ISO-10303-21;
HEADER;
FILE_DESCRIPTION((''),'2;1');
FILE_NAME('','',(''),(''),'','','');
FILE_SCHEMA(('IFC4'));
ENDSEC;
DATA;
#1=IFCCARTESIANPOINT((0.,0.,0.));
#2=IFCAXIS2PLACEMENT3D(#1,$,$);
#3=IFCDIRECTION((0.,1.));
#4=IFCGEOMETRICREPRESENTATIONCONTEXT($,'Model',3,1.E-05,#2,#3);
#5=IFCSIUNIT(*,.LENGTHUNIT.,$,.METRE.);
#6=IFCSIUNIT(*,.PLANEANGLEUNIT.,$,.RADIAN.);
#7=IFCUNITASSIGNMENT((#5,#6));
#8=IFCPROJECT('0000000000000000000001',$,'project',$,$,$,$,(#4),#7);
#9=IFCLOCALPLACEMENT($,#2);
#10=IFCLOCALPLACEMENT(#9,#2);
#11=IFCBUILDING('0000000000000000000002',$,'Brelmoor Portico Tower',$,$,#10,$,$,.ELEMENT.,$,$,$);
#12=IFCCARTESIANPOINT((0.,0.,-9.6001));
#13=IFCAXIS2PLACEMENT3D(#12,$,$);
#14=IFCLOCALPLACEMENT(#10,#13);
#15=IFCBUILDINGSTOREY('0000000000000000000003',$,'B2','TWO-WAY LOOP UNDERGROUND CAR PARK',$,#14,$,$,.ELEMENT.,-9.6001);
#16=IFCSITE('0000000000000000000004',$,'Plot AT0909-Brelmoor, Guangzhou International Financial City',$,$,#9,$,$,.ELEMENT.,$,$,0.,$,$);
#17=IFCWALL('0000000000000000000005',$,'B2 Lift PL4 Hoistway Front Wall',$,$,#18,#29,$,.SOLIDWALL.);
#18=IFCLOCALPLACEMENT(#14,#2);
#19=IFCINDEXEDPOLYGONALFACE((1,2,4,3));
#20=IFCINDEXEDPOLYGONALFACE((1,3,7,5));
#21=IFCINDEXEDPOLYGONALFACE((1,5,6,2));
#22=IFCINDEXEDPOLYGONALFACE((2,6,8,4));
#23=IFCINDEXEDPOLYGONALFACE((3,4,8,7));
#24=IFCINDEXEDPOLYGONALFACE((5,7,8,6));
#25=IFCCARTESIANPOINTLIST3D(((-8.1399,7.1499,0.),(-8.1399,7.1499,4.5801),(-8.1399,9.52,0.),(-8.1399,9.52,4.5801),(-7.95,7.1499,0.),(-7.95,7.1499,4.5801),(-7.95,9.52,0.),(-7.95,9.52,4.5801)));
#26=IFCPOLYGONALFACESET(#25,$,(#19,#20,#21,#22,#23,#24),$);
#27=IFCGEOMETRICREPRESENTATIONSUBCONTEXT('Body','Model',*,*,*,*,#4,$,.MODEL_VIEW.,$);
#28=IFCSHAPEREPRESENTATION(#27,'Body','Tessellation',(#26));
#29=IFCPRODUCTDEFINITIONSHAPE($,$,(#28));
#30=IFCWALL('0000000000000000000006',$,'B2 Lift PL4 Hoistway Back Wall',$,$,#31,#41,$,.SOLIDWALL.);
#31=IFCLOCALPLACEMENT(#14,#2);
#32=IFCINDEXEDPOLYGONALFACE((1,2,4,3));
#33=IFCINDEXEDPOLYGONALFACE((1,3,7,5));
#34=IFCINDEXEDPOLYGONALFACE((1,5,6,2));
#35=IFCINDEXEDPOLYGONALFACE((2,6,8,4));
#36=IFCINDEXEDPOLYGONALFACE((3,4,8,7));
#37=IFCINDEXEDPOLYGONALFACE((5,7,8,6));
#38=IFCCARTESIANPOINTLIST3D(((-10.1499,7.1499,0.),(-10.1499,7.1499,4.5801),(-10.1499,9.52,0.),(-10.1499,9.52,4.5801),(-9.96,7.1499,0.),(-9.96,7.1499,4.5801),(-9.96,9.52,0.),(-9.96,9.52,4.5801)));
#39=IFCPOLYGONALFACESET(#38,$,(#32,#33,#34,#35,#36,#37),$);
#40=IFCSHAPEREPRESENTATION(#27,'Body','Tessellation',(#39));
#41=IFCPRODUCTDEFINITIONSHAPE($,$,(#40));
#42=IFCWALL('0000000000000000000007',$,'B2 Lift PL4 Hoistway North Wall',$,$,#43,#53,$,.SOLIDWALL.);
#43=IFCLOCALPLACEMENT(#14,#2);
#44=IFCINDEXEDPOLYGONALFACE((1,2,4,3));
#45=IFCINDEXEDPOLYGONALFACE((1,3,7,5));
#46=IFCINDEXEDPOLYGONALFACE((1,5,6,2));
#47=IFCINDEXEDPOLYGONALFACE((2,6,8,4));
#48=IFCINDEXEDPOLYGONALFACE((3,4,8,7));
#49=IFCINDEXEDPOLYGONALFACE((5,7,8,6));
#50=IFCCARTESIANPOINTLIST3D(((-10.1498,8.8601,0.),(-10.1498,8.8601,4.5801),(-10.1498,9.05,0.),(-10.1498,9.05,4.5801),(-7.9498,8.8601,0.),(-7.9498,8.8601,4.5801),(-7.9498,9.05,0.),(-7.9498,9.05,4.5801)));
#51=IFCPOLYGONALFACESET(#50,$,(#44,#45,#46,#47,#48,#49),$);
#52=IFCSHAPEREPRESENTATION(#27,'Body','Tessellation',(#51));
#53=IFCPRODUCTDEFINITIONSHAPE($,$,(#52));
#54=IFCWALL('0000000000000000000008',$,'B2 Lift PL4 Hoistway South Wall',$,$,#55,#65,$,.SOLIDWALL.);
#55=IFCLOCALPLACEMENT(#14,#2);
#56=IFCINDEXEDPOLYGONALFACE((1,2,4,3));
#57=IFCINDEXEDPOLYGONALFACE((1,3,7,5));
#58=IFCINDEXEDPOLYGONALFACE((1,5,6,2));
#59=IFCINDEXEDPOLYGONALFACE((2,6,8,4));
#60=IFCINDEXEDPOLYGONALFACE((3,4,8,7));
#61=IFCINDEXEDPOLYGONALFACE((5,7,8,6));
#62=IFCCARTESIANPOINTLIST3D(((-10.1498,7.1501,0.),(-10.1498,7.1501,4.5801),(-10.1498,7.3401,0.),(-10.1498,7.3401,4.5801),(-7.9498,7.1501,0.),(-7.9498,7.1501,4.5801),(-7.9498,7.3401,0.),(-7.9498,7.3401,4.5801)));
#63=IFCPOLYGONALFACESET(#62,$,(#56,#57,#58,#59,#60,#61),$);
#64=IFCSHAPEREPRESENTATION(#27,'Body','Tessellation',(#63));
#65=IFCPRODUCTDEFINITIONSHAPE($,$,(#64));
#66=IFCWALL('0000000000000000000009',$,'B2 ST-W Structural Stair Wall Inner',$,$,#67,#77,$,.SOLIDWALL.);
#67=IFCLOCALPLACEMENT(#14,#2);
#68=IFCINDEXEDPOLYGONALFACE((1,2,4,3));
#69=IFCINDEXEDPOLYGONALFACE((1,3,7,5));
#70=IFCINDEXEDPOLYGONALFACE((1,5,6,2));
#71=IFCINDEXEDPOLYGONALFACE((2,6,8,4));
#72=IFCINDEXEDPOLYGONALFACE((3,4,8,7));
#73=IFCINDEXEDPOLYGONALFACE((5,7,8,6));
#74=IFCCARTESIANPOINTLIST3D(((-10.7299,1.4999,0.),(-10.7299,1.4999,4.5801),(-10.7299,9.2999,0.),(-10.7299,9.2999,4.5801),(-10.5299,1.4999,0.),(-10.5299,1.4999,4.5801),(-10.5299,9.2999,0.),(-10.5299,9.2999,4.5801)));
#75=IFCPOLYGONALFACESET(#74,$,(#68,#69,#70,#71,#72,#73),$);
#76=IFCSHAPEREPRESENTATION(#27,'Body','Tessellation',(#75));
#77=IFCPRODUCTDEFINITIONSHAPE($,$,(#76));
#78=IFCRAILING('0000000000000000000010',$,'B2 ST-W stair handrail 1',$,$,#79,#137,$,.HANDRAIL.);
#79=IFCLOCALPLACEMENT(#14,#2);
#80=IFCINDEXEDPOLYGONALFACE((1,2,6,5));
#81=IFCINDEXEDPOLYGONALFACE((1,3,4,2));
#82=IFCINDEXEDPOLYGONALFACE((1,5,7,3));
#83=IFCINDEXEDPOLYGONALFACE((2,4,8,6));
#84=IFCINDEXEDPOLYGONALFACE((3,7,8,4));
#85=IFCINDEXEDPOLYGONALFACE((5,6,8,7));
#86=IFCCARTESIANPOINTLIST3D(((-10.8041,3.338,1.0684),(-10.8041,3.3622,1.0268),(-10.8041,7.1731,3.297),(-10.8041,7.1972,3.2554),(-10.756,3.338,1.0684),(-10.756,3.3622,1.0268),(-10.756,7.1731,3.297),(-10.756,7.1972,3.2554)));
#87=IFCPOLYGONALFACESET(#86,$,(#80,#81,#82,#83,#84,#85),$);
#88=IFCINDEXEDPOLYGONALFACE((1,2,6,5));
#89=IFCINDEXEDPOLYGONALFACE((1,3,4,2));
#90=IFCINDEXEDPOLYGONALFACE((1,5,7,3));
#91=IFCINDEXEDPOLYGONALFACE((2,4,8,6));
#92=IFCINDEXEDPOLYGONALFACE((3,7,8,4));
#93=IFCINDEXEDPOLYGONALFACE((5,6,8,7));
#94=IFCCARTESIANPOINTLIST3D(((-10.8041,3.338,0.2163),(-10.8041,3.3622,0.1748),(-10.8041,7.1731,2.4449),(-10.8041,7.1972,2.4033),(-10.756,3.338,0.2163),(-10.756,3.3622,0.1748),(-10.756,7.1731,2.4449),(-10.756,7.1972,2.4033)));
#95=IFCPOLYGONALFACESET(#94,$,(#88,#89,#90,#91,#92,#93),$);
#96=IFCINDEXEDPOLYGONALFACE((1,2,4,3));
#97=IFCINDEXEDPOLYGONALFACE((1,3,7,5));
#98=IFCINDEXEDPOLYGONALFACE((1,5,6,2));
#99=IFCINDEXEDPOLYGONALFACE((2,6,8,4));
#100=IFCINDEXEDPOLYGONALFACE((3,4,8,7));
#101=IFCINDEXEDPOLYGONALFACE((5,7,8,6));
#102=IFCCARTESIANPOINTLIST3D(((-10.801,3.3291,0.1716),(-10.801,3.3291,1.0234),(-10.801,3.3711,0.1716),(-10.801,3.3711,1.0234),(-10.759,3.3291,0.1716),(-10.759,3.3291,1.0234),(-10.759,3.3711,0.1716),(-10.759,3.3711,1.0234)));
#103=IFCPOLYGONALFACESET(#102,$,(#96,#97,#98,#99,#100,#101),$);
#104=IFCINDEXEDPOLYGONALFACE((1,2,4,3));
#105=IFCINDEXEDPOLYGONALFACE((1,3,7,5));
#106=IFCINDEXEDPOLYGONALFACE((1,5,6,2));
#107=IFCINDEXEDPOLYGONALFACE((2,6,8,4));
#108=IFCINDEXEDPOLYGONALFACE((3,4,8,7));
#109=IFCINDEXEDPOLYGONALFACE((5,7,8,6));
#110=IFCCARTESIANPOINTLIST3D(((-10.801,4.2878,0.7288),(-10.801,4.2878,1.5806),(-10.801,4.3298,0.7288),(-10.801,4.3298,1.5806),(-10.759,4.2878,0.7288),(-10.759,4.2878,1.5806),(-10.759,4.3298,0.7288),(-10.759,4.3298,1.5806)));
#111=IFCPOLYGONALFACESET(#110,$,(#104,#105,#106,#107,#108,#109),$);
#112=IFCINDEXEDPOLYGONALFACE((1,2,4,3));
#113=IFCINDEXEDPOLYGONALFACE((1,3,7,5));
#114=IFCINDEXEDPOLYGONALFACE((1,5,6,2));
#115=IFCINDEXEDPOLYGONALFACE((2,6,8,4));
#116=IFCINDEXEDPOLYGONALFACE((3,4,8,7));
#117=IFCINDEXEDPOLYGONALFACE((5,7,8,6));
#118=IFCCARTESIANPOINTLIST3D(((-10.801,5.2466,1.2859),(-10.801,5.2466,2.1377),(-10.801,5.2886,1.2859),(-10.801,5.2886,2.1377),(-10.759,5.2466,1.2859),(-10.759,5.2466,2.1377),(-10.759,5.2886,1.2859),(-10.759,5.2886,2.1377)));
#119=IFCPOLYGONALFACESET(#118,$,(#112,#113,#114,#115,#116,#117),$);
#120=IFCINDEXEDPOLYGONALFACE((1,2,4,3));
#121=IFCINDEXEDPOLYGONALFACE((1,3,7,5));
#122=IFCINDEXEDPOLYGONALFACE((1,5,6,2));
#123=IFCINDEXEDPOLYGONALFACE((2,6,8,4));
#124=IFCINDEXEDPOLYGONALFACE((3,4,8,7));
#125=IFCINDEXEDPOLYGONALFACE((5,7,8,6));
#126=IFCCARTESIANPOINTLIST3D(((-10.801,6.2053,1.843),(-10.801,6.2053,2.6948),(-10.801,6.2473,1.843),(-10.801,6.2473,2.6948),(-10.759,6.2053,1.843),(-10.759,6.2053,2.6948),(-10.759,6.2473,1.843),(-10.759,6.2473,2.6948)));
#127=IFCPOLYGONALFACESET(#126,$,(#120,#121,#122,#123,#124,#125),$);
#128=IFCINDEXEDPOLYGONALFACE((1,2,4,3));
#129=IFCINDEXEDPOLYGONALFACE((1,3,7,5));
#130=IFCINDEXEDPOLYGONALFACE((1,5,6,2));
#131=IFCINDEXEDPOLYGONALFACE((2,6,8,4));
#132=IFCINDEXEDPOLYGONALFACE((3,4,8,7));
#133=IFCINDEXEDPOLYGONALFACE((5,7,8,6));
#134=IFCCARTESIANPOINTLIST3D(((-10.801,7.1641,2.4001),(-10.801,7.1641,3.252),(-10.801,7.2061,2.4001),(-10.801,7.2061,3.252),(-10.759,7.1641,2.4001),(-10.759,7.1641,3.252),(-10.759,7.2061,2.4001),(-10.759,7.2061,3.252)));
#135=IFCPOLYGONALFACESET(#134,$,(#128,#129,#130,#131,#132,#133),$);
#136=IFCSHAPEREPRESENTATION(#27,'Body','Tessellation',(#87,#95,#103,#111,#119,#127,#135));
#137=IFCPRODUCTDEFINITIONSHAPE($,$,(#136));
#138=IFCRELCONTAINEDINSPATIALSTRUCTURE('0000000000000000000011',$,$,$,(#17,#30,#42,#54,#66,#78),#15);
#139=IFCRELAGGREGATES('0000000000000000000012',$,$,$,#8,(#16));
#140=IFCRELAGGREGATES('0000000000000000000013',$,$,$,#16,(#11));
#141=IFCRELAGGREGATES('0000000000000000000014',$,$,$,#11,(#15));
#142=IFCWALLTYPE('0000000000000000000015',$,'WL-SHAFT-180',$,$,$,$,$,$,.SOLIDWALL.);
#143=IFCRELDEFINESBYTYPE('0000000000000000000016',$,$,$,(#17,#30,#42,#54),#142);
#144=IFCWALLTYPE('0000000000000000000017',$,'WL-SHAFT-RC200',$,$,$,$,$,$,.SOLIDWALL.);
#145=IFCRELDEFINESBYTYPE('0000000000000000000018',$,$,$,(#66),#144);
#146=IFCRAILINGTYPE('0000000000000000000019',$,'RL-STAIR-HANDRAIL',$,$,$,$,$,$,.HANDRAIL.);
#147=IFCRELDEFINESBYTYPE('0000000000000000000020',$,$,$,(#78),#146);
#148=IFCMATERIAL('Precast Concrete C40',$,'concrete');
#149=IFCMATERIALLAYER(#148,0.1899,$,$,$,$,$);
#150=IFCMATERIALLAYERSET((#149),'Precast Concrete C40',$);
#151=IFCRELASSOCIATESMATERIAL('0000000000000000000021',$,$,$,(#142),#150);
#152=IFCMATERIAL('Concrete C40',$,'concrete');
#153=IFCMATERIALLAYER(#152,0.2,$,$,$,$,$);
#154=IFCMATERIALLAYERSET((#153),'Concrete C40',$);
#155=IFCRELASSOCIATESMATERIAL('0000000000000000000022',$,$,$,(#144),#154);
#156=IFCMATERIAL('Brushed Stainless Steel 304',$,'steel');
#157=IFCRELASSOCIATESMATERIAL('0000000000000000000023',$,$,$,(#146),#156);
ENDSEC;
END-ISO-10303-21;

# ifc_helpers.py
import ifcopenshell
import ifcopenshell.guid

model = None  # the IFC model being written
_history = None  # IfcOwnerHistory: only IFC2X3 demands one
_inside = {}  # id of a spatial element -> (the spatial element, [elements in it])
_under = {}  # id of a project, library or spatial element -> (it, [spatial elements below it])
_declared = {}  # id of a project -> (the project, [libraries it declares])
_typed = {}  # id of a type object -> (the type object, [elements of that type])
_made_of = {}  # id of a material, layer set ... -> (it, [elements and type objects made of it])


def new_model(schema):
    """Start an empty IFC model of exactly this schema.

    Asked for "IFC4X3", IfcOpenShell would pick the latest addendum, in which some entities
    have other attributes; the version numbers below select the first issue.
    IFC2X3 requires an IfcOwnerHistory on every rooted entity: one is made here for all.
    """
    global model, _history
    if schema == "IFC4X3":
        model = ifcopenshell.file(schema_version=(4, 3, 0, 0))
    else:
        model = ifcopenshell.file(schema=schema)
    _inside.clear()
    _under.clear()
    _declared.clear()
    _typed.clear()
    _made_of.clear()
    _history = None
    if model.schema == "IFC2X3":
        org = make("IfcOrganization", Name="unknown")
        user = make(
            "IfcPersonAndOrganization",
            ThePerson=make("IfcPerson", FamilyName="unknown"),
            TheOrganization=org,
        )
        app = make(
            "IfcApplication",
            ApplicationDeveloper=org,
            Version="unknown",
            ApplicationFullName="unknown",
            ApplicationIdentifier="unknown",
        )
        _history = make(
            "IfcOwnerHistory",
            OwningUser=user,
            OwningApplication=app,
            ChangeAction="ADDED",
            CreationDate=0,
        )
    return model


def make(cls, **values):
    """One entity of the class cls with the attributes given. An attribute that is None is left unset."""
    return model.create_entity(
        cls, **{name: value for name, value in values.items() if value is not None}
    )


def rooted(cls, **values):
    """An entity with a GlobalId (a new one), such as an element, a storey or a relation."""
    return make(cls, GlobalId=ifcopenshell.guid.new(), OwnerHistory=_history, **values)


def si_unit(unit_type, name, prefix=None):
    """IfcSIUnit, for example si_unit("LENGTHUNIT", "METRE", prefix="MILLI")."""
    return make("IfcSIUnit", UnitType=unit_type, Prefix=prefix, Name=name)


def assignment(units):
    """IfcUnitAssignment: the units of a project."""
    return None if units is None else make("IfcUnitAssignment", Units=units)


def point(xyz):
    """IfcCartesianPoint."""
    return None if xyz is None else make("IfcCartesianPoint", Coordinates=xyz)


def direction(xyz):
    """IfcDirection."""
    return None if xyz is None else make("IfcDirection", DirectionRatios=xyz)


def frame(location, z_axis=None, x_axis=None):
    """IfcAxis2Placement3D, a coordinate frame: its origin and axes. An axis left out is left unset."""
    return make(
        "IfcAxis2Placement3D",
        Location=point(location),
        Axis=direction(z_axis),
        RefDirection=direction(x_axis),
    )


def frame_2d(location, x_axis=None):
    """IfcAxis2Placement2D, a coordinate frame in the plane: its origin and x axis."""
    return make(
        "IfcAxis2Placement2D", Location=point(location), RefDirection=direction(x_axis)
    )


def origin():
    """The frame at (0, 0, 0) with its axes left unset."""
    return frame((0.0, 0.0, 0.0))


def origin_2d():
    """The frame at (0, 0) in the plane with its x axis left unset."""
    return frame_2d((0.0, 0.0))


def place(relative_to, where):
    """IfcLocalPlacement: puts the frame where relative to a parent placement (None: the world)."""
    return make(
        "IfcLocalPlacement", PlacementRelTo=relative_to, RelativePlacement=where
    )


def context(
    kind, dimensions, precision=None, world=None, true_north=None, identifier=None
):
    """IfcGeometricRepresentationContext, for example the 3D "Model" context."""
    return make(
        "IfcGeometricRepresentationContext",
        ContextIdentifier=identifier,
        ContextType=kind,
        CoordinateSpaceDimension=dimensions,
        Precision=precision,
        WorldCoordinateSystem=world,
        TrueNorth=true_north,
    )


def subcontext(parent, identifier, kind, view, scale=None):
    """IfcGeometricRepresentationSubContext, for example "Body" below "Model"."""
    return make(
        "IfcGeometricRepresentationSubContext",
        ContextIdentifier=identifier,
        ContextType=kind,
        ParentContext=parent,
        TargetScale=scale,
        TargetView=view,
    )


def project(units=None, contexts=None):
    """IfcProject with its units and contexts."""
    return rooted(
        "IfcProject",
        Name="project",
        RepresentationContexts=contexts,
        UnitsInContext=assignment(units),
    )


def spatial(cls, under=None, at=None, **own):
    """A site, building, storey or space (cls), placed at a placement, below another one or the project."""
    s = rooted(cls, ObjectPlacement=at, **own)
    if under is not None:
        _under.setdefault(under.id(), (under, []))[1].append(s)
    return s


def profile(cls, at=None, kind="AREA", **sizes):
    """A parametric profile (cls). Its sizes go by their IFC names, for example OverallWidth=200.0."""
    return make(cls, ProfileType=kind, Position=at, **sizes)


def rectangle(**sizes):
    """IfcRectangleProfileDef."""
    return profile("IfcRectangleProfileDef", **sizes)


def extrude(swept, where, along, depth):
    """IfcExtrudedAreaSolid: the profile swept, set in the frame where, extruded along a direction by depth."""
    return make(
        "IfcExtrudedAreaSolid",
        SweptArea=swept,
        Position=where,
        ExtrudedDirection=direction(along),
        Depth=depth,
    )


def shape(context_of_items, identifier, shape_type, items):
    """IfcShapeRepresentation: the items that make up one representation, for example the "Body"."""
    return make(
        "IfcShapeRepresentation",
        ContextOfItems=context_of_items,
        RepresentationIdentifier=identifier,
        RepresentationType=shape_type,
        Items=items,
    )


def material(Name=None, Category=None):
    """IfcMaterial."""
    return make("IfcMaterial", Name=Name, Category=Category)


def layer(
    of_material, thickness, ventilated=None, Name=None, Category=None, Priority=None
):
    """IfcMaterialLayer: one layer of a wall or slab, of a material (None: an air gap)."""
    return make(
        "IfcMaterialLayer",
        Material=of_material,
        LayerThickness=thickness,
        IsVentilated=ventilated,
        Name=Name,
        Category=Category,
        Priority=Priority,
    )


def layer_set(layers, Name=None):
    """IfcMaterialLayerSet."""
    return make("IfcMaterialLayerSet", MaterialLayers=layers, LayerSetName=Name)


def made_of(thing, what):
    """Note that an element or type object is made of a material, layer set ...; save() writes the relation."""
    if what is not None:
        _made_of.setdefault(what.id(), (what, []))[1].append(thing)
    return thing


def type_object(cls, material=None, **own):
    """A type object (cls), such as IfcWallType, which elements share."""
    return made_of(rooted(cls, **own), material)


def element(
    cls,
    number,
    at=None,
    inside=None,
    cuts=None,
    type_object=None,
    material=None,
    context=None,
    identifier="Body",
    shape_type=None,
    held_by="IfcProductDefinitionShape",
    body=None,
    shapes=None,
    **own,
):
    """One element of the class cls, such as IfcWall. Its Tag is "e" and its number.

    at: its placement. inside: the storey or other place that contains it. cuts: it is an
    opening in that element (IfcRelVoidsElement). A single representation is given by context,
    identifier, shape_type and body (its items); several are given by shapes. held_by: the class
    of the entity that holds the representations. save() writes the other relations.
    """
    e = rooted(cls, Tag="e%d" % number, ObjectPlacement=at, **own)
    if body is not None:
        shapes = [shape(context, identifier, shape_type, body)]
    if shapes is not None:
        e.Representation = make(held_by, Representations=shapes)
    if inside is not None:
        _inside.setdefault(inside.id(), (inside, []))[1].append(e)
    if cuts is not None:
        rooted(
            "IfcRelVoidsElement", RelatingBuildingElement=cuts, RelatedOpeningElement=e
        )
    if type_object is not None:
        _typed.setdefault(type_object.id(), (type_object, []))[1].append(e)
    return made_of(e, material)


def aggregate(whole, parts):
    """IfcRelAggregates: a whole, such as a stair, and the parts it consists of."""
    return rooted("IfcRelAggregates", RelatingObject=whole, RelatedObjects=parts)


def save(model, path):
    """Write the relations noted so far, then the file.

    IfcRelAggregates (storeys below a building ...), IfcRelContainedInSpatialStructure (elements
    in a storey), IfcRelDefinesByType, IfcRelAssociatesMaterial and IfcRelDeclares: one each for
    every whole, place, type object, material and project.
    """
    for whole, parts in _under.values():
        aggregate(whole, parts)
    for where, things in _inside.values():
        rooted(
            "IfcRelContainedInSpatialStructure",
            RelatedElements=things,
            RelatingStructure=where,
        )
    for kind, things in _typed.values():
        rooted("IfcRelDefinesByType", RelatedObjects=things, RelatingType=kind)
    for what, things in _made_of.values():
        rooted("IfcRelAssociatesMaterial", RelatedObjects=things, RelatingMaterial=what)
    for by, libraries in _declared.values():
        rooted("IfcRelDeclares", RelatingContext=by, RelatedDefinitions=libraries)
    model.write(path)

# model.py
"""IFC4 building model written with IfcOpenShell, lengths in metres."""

from ifc_helpers import new_model, si_unit, direction, frame, frame_2d, origin, origin_2d, place, context, subcontext, project, spatial, rectangle, extrude, material, layer, layer_set, type_object, element, save


model = new_model("IFC4")

# Units and contexts
model_context = context("Model", 3, precision=1e-05, world=origin(), true_north=direction((0.0, 1.0)))
body_context = subcontext(model_context, "Body", "Model", "MODEL_VIEW")
ifc_project = project(units=[si_unit("LENGTHUNIT", "METRE"), si_unit("PLANEANGLEUNIT", "RADIAN")], contexts=[model_context])

# Site, building, storey
site_placement = place(None, origin())
site = spatial("IfcSite", under=ifc_project, at=site_placement, Name="Plot AT0909-Brelmoor, Guangzhou International Financial City", CompositionType="ELEMENT", RefElevation=0.0)
building_placement = place(site_placement, origin())
building = spatial("IfcBuilding", under=site, at=building_placement, Name="Brelmoor Portico Tower", CompositionType="ELEMENT")
storey_placement = place(building_placement, frame((0.0, 0.0, -9.6001)))
storey = spatial("IfcBuildingStorey", under=building, at=storey_placement, Name="B2", Description="TWO-WAY LOOP UNDERGROUND CAR PARK", CompositionType="ELEMENT", Elevation=-9.6001)

# Walls
ifc_material_1 = material(Name="Precast Concrete C40", Category="concrete")
ifc_layer_1 = layer(ifc_material_1, 0.1899)
ifc_layer_set_1 = layer_set([ifc_layer_1], Name="Precast Concrete C40")
wall_type_1 = type_object("IfcWallType", Name="WL-SHAFT-180", PredefinedType="SOLIDWALL", material=ifc_layer_set_1)
for number, where, z_axis, x_axis, name in (
    (1, (-8.0449, 7.1499, 0.0), (0.0, 0.0, 1.0), (0.0, 1.0, 0.0), "B2 Lift PL4 Hoistway Front Wall"),
    (2, (-10.0549, 7.1499, 0.0), (0.0, 0.0, 1.0), (0.0, 1.0, 0.0), "B2 Lift PL4 Hoistway Back Wall"),
):
    element("IfcWall", number, at=place(storey_placement, frame(where, z_axis=z_axis, x_axis=x_axis)), inside=storey, type_object=wall_type_1, Name=name, PredefinedType="SOLIDWALL", context=body_context, shape_type="SweptSolid", body=[
        extrude(rectangle(XDim=2.3701, YDim=0.1899, at=frame_2d((1.1851, 0.0))), origin(), (0.0, 0.0, 1.0), 4.5801),
    ])
for number, where, z_axis, x_axis, name in (
    (3, (-10.1499, 8.9551, 0.0), (0.0, 0.0, 1.0), (1.0, 0.0, 0.0), "B2 Lift PL4 Hoistway North Wall"),
    (4, (-10.1499, 7.2451, 0.0), (0.0, 0.0, 1.0), (1.0, 0.0, 0.0), "B2 Lift PL4 Hoistway South Wall"),
):
    element("IfcWall", number, at=place(storey_placement, frame(where, z_axis=z_axis, x_axis=x_axis)), inside=storey, type_object=wall_type_1, Name=name, PredefinedType="SOLIDWALL", context=body_context, shape_type="SweptSolid", body=[
        extrude(rectangle(XDim=2.2, YDim=0.1899, at=frame_2d((1.1001, 0.0))), origin(), (0.0, 0.0, 1.0), 4.5801),
    ])
ifc_material_2 = material(Name="Concrete C40", Category="concrete")
ifc_layer_2 = layer(ifc_material_2, 0.2)
ifc_layer_set_2 = layer_set([ifc_layer_2], Name="Concrete C40")
wall_type_2 = type_object("IfcWallType", Name="WL-SHAFT-RC200", PredefinedType="SOLIDWALL", material=ifc_layer_set_2)
wall_1_placement = place(storey_placement, frame((-10.6299, 1.5, 0.0), z_axis=(0.0, 0.0, 1.0), x_axis=(0.0, 1.0, 0.0)))
element("IfcWall", 5, at=wall_1_placement, inside=storey, type_object=wall_type_2, Name="B2 ST-W Structural Stair Wall Inner", PredefinedType="SOLIDWALL", context=body_context, shape_type="SweptSolid", body=[
    extrude(rectangle(XDim=7.8, YDim=0.2, at=frame_2d((3.8999, 0.0))), origin(), (0.0, 0.0, 1.0), 4.5801),
])

# Railing
ifc_material_3 = material(Name="Brushed Stainless Steel 304", Category="steel")
railing_type = type_object("IfcRailingType", Name="RL-STAIR-HANDRAIL", PredefinedType="HANDRAIL", material=ifc_material_3)
railing_placement = place(storey_placement, frame((-10.78, 3.3501, 0.1716)))
element("IfcRailing", 6, at=railing_placement, inside=storey, type_object=railing_type, Name="B2 ST-W stair handrail 1", PredefinedType="HANDRAIL", context=body_context, shape_type="SweptSolid", body=[
    extrude(rectangle(XDim=0.0481, YDim=0.0481, at=origin_2d()), frame((0.0, 0.0, 0.876), z_axis=(0.0, 0.864616, 0.502433), x_axis=(-1.0, 0.0, 0.0)), (0.0, 0.0, 1.0), 4.4355),
    extrude(rectangle(XDim=0.0481, YDim=0.0481, at=origin_2d()), frame((0.0, 0.0, 0.0239), z_axis=(0.0, 0.864616, 0.502433), x_axis=(-1.0, 0.0, 0.0)), (0.0, 0.0, 1.0), 4.4355),
    extrude(rectangle(XDim=0.042, YDim=0.042, at=origin_2d()), origin(), (0.0, 0.0, 1.0), 0.8518),
    extrude(rectangle(XDim=0.042, YDim=0.042, at=origin_2d()), frame((0.0, 0.9587, 0.5571)), (0.0, 0.0, 1.0), 0.8518),
    extrude(rectangle(XDim=0.042, YDim=0.042, at=origin_2d()), frame((0.0, 1.9175, 1.1143)), (0.0, 0.0, 1.0), 0.8518),
    extrude(rectangle(XDim=0.042, YDim=0.042, at=origin_2d()), frame((0.0, 2.8762, 1.6714)), (0.0, 0.0, 1.0), 0.8518),
    extrude(rectangle(XDim=0.042, YDim=0.042, at=origin_2d()), frame((0.0, 3.835, 2.2285)), (0.0, 0.0, 1.0), 0.8518),
])

save(model, "model.ifc")
